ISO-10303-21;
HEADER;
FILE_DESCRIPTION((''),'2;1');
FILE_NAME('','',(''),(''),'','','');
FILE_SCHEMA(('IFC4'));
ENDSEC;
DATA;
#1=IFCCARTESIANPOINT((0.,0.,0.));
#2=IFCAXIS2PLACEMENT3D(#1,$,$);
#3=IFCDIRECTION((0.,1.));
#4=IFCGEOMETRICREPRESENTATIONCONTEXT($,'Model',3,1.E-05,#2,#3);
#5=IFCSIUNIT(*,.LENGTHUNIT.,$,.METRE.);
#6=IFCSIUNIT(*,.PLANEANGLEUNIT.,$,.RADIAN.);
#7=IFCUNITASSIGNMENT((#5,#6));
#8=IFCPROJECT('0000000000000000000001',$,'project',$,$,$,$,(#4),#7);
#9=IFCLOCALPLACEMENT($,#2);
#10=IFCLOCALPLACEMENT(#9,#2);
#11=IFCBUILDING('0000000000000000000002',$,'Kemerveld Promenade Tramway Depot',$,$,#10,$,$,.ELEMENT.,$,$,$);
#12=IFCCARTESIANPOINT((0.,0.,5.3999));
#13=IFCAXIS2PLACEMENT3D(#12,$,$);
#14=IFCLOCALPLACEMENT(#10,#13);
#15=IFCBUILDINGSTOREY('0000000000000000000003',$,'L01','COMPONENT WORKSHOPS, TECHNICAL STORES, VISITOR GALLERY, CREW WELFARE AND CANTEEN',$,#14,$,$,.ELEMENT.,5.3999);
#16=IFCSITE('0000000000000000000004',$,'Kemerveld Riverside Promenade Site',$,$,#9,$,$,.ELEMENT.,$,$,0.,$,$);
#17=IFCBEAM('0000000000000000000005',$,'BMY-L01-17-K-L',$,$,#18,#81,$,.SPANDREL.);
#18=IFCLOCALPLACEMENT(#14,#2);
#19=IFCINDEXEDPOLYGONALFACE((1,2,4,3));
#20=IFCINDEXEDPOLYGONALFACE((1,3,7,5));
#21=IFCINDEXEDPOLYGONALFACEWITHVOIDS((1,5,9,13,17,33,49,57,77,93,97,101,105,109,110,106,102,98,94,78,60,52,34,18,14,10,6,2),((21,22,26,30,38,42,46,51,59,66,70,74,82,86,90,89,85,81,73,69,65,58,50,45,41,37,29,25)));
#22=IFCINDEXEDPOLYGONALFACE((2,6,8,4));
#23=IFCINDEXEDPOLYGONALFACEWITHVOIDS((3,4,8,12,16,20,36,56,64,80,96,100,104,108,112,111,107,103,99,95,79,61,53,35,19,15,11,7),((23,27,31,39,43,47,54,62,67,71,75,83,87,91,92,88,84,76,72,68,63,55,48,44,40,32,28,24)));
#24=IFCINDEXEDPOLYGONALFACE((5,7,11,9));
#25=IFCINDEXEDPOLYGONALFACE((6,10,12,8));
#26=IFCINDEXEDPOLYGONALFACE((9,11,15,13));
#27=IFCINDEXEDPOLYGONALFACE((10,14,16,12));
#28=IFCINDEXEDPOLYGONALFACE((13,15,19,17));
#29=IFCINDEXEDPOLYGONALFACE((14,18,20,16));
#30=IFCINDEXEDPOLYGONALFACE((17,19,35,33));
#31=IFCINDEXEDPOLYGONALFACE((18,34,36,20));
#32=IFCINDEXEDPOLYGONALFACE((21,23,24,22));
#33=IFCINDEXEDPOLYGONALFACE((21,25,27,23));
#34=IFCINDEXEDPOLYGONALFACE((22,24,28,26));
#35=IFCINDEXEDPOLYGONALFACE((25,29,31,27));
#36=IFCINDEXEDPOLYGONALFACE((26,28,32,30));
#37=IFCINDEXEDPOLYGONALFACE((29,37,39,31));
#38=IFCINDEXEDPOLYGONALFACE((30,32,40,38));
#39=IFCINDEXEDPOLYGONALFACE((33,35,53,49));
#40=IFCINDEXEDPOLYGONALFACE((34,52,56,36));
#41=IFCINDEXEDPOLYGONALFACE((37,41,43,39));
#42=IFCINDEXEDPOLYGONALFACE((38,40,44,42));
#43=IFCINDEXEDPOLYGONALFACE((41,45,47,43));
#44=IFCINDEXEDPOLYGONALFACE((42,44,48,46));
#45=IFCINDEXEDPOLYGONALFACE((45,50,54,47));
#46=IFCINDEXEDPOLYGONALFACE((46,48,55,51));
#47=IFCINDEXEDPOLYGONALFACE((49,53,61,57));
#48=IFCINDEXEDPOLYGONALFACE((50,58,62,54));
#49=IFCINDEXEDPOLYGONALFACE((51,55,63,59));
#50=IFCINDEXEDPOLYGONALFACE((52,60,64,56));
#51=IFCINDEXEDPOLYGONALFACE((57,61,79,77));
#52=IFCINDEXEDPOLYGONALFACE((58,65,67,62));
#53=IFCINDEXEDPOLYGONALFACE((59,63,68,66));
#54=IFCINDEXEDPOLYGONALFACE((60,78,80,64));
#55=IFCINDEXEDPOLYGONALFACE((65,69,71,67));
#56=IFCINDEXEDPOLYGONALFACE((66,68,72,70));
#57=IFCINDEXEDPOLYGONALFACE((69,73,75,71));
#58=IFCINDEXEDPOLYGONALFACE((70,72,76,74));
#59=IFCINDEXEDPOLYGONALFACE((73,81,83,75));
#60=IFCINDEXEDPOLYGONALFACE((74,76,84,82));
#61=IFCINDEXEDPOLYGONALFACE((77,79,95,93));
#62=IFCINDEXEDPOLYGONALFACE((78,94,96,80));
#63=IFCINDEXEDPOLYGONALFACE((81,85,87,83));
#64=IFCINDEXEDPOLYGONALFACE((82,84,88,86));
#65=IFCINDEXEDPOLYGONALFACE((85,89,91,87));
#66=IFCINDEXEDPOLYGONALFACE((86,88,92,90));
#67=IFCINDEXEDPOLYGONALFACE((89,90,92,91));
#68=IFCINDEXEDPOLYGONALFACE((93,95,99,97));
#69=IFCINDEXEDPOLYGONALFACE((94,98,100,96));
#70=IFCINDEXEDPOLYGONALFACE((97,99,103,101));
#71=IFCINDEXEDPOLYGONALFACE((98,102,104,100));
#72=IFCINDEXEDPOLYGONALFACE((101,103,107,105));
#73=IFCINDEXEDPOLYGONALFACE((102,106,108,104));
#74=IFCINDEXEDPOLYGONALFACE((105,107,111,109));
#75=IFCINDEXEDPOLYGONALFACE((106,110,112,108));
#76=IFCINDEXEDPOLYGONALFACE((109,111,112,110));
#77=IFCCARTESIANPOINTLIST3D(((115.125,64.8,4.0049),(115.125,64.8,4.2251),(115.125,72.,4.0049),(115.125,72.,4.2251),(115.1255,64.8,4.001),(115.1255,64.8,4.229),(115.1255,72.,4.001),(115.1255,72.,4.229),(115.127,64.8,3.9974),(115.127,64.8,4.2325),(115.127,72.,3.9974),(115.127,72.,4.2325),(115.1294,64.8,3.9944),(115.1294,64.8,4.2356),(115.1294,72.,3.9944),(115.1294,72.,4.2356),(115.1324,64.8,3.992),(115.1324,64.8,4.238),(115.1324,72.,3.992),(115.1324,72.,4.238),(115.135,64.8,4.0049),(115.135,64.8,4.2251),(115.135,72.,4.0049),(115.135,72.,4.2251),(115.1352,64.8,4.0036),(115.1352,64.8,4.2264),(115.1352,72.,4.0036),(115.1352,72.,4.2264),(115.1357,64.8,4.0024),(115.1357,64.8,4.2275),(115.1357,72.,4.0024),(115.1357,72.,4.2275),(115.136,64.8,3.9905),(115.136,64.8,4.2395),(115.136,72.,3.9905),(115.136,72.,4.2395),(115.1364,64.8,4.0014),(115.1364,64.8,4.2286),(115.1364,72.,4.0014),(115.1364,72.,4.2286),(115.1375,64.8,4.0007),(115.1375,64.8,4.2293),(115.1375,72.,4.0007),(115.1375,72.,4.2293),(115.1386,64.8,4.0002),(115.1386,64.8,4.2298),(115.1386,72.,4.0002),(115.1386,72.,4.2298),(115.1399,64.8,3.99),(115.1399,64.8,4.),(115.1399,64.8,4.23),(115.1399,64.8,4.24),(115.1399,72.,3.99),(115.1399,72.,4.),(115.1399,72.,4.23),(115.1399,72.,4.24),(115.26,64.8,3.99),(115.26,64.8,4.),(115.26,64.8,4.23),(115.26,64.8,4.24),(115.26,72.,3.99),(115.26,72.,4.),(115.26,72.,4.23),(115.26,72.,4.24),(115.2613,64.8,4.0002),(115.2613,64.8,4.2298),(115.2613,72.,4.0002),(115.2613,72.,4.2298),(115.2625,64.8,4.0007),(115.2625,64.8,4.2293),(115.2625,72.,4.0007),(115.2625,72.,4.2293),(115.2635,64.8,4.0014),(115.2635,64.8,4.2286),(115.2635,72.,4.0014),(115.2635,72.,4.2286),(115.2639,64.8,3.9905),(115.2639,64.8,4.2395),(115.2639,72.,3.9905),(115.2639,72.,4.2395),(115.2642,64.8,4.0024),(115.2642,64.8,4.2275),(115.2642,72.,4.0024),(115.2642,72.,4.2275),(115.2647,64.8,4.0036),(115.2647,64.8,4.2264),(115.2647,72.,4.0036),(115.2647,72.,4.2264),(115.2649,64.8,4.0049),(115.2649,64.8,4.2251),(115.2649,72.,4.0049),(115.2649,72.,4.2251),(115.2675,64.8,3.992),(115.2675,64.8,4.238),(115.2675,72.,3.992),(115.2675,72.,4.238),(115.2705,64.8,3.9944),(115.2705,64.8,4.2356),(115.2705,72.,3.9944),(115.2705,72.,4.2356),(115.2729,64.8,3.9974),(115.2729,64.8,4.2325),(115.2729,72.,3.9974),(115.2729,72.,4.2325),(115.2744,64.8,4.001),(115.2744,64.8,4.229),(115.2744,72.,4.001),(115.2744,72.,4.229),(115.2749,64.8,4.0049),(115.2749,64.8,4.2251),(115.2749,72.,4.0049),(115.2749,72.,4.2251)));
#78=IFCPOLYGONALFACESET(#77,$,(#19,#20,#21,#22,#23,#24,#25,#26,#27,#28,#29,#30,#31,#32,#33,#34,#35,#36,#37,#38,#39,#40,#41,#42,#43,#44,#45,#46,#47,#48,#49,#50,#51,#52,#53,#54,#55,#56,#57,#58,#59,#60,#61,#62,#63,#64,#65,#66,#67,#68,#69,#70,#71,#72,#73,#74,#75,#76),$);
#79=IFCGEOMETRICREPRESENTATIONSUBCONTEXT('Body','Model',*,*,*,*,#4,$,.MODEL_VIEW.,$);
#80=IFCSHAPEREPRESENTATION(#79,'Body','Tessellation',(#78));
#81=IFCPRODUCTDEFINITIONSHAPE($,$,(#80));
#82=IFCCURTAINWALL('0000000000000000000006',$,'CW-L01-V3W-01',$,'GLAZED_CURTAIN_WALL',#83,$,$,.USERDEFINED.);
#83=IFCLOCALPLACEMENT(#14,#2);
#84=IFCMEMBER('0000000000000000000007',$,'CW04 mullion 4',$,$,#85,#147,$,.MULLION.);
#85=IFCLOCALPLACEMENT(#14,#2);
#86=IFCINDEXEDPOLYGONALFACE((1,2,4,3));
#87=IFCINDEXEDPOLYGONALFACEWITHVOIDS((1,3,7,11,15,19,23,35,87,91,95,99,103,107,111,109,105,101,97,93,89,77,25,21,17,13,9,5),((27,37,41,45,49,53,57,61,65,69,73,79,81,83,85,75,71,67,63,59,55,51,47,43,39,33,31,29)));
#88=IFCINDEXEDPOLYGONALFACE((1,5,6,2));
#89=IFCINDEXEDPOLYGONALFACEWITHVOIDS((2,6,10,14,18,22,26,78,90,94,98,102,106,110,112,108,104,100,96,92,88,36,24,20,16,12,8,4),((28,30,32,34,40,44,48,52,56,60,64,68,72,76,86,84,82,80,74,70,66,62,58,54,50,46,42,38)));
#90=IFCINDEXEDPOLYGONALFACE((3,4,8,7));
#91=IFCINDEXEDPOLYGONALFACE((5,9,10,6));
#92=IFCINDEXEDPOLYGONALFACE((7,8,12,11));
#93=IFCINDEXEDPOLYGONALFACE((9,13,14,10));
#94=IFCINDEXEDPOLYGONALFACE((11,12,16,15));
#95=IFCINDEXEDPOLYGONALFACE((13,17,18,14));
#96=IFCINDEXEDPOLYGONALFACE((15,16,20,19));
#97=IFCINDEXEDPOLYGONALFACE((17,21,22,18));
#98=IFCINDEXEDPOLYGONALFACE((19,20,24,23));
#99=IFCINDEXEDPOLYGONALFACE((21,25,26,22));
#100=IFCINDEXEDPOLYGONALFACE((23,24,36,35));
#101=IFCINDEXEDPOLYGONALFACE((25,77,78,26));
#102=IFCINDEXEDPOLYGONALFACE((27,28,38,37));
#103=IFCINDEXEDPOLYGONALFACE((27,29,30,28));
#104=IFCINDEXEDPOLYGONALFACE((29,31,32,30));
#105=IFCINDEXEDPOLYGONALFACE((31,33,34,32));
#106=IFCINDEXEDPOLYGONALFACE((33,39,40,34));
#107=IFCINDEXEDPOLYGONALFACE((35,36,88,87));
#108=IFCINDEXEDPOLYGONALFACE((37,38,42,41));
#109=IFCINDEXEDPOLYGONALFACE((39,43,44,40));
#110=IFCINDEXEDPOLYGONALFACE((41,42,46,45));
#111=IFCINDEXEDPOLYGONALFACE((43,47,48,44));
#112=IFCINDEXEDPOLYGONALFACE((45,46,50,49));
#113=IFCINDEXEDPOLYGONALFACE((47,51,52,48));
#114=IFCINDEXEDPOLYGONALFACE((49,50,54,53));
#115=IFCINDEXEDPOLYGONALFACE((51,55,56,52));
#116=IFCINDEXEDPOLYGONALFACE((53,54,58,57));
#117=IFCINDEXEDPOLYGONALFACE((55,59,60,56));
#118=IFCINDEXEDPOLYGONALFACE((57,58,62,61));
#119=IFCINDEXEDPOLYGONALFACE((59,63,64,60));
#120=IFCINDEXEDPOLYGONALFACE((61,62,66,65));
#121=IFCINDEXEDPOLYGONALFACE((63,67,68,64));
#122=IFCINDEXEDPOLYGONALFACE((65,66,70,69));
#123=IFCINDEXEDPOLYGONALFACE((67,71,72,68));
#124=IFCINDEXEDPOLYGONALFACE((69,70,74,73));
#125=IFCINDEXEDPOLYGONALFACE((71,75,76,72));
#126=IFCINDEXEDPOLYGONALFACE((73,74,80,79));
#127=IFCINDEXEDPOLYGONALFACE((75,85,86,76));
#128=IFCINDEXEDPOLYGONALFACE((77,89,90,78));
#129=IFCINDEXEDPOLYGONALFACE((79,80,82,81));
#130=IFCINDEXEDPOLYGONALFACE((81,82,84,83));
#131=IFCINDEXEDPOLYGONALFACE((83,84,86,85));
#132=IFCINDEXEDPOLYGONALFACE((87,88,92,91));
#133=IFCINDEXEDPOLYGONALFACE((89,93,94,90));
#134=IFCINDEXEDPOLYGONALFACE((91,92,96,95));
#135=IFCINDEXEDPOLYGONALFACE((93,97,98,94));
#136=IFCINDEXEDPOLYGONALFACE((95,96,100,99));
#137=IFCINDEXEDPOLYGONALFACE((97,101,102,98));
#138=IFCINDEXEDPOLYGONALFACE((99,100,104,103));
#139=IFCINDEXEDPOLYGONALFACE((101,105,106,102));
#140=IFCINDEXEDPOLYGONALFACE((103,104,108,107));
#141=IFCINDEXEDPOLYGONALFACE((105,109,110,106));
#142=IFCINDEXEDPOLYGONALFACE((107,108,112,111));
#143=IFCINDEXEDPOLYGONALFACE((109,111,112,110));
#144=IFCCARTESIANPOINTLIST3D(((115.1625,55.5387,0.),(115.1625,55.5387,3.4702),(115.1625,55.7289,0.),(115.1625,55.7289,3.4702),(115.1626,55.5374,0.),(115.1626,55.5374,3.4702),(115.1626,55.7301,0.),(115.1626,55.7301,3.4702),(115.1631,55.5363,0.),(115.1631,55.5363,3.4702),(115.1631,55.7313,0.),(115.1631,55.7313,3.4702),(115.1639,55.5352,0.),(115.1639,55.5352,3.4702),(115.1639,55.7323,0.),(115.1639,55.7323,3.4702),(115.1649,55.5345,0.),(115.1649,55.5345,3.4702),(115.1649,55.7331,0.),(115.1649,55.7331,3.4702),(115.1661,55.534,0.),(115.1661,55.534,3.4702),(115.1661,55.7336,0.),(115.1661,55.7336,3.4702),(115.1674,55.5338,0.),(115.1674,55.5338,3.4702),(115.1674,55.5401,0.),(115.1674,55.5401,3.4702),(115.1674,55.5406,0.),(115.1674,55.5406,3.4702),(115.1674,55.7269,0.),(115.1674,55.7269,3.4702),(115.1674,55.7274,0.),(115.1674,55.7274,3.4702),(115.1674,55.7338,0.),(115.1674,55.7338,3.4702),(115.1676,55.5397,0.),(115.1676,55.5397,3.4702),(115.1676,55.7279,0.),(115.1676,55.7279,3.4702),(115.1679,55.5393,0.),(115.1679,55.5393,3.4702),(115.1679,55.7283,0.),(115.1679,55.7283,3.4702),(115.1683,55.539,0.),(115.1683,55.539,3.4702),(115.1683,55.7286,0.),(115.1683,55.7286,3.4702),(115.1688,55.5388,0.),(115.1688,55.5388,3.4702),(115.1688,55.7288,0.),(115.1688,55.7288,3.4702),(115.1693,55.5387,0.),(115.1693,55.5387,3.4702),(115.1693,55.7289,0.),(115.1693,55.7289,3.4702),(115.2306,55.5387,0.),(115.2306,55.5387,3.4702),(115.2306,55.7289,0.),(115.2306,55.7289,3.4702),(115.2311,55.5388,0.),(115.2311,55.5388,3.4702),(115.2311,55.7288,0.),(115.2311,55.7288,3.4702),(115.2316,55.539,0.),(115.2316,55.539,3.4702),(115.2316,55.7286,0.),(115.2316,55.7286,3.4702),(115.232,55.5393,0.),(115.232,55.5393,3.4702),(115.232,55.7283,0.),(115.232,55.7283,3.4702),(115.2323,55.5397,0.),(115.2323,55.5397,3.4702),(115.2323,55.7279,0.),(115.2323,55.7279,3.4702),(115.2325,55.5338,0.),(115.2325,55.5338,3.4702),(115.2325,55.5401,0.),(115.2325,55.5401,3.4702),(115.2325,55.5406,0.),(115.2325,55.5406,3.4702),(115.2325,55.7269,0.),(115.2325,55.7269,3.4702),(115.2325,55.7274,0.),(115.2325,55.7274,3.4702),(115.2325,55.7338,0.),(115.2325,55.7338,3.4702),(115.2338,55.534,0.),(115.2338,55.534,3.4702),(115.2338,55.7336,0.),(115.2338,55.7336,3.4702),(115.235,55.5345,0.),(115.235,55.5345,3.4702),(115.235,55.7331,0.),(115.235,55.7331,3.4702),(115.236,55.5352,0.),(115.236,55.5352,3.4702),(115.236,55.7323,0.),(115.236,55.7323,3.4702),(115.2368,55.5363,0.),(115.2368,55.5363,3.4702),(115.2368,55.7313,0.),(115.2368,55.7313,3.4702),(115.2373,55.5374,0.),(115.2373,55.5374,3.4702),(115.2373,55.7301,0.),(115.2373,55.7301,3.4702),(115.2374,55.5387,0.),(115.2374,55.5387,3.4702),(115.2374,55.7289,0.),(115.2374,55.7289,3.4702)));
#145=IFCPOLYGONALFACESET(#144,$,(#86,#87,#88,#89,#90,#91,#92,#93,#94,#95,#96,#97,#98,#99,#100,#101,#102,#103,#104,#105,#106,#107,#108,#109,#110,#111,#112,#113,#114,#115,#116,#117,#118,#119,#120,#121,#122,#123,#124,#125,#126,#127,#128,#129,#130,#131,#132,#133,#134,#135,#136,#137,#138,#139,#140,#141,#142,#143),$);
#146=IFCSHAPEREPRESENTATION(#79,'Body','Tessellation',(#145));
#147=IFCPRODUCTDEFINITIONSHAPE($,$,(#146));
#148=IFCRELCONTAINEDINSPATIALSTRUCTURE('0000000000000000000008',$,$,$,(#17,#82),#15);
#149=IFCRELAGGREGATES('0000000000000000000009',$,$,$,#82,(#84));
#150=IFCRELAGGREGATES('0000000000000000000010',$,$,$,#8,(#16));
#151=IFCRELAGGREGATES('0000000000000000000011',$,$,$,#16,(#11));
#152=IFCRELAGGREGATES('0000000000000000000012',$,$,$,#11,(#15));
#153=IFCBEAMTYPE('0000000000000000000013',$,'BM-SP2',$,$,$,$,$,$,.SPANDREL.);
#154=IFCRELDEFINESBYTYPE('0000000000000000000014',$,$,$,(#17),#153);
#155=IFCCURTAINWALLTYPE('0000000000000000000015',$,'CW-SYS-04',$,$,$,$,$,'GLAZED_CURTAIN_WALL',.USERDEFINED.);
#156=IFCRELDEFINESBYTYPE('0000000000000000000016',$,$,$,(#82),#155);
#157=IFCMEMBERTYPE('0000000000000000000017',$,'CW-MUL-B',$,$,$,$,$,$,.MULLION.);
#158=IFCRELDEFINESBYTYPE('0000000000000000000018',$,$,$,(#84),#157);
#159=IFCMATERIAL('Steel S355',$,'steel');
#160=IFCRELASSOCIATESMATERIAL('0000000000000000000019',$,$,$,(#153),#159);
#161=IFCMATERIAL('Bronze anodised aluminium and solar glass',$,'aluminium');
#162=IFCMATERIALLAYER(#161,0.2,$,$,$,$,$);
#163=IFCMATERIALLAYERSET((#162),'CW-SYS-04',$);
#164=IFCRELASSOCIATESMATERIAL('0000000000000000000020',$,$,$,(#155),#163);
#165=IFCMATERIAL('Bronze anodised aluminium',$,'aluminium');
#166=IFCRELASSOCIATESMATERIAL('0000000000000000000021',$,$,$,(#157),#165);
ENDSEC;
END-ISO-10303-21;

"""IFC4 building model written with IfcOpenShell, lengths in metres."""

from ifc_helpers import new_model, si_unit, direction, frame, origin, origin_2d, place, context, subcontext, project, spatial, hollow_rectangle, extrude, material, layer, layer_set, material_profile, profile_set, type_object, element, aggregate, save


model = new_model("IFC4")

# Units and contexts
model_context = context("Model", 3, precision=1e-05, world=origin(), true_north=direction((0.0, 1.0)))
body_context = subcontext(model_context, "Body", "Model", "MODEL_VIEW")
ifc_project = project(units=[si_unit("LENGTHUNIT", "METRE"), si_unit("PLANEANGLEUNIT", "RADIAN")], contexts=[model_context])

# Site, building, storey
site_placement = place(None, origin())
site = spatial("IfcSite", under=ifc_project, at=site_placement, Name="Kemerveld Riverside Promenade Site", CompositionType="ELEMENT", RefElevation=0.0)
building_placement = place(site_placement, origin())
building = spatial("IfcBuilding", under=site, at=building_placement, Name="Kemerveld Promenade Tramway Depot", CompositionType="ELEMENT")
storey_placement = place(building_placement, frame((0.0, 0.0, 5.3999)))
storey = spatial("IfcBuildingStorey", under=building, at=storey_placement, Name="L01", Description="COMPONENT WORKSHOPS, TECHNICAL STORES, VISITOR GALLERY, CREW WELFARE AND CANTEEN", CompositionType="ELEMENT", Elevation=5.3999)

# Beam
ifc_material_1 = material(Name="Steel S355", Category="steel")
ifc_material_profile_1 = material_profile(ifc_material_1, hollow_rectangle(XDim=0.1499, YDim=0.25, WallThickness=0.01, InnerFilletRadius=0.0049, OuterFilletRadius=0.0149, at=origin_2d()), Name="250x150x10.0 RHS")
ifc_profile_set_1 = profile_set([ifc_material_profile_1], Name="Steel S355")
beam_type_1 = type_object("IfcBeamType", Name="BM-SP2", PredefinedType="SPANDREL", material=ifc_profile_set_1)
beam_1_placement = place(storey_placement, frame((115.2, 64.8, 4.115), z_axis=(0.0, 1.0, 0.0), x_axis=(-1.0, 0.0, 0.0)))
element("IfcBeam", 1, at=beam_1_placement, inside=storey, type_object=beam_type_1, Name="BMY-L01-17-K-L", PredefinedType="SPANDREL", context=body_context, shape_type="SweptSolid", body=[
    extrude(hollow_rectangle(XDim=0.1499, YDim=0.25, WallThickness=0.01, InnerFilletRadius=0.0049, OuterFilletRadius=0.0149, at=origin_2d()), origin(), (0.0, 0.0, 1.0), 7.2),
])

# Curtain wall, member
ifc_material_2 = material(Name="Bronze anodised aluminium and solar glass", Category="aluminium")
ifc_layer_1 = layer(ifc_material_2, 0.2)
ifc_layer_set_1 = layer_set([ifc_layer_1], Name="CW-SYS-04")
curtain_wall_type = type_object("IfcCurtainWallType", Name="CW-SYS-04", ElementType="GLAZED_CURTAIN_WALL", PredefinedType="USERDEFINED", material=ifc_layer_set_1)
curtain_wall_placement = place(storey_placement, origin())
curtain_wall = element("IfcCurtainWall", 2, at=curtain_wall_placement, inside=storey, type_object=curtain_wall_type, Name="CW-L01-V3W-01", ObjectType="GLAZED_CURTAIN_WALL", PredefinedType="USERDEFINED")
ifc_material_3 = material(Name="Bronze anodised aluminium", Category="aluminium")
ifc_material_profile_2 = material_profile(ifc_material_3, hollow_rectangle(XDim=0.075, YDim=0.2, WallThickness=0.0049, InnerFilletRadius=0.002, OuterFilletRadius=0.0049, at=origin_2d()), Name="CW-MUL-200x75")
ifc_profile_set_2 = profile_set([ifc_material_profile_2], Name="Bronze anodised aluminium")
member_type_1 = type_object("IfcMemberType", Name="CW-MUL-B", PredefinedType="MULLION", material=ifc_profile_set_2)
member_1_placement = place(storey_placement, frame((115.2, 55.6338, 0.0), z_axis=(0.0, 0.0, 1.0), x_axis=(-1.0, 0.0, 0.0)))
member_1 = element("IfcMember", 3, at=member_1_placement, type_object=member_type_1, Name="CW04 mullion 4", PredefinedType="MULLION", context=body_context, shape_type="SweptSolid", body=[
    extrude(hollow_rectangle(XDim=0.075, YDim=0.2, WallThickness=0.0049, InnerFilletRadius=0.002, OuterFilletRadius=0.0049, at=origin_2d()), origin(), (0.0, 0.0, 1.0), 3.4702),
])
aggregate(curtain_wall, [member_1])

save(model, "model.ifc")
